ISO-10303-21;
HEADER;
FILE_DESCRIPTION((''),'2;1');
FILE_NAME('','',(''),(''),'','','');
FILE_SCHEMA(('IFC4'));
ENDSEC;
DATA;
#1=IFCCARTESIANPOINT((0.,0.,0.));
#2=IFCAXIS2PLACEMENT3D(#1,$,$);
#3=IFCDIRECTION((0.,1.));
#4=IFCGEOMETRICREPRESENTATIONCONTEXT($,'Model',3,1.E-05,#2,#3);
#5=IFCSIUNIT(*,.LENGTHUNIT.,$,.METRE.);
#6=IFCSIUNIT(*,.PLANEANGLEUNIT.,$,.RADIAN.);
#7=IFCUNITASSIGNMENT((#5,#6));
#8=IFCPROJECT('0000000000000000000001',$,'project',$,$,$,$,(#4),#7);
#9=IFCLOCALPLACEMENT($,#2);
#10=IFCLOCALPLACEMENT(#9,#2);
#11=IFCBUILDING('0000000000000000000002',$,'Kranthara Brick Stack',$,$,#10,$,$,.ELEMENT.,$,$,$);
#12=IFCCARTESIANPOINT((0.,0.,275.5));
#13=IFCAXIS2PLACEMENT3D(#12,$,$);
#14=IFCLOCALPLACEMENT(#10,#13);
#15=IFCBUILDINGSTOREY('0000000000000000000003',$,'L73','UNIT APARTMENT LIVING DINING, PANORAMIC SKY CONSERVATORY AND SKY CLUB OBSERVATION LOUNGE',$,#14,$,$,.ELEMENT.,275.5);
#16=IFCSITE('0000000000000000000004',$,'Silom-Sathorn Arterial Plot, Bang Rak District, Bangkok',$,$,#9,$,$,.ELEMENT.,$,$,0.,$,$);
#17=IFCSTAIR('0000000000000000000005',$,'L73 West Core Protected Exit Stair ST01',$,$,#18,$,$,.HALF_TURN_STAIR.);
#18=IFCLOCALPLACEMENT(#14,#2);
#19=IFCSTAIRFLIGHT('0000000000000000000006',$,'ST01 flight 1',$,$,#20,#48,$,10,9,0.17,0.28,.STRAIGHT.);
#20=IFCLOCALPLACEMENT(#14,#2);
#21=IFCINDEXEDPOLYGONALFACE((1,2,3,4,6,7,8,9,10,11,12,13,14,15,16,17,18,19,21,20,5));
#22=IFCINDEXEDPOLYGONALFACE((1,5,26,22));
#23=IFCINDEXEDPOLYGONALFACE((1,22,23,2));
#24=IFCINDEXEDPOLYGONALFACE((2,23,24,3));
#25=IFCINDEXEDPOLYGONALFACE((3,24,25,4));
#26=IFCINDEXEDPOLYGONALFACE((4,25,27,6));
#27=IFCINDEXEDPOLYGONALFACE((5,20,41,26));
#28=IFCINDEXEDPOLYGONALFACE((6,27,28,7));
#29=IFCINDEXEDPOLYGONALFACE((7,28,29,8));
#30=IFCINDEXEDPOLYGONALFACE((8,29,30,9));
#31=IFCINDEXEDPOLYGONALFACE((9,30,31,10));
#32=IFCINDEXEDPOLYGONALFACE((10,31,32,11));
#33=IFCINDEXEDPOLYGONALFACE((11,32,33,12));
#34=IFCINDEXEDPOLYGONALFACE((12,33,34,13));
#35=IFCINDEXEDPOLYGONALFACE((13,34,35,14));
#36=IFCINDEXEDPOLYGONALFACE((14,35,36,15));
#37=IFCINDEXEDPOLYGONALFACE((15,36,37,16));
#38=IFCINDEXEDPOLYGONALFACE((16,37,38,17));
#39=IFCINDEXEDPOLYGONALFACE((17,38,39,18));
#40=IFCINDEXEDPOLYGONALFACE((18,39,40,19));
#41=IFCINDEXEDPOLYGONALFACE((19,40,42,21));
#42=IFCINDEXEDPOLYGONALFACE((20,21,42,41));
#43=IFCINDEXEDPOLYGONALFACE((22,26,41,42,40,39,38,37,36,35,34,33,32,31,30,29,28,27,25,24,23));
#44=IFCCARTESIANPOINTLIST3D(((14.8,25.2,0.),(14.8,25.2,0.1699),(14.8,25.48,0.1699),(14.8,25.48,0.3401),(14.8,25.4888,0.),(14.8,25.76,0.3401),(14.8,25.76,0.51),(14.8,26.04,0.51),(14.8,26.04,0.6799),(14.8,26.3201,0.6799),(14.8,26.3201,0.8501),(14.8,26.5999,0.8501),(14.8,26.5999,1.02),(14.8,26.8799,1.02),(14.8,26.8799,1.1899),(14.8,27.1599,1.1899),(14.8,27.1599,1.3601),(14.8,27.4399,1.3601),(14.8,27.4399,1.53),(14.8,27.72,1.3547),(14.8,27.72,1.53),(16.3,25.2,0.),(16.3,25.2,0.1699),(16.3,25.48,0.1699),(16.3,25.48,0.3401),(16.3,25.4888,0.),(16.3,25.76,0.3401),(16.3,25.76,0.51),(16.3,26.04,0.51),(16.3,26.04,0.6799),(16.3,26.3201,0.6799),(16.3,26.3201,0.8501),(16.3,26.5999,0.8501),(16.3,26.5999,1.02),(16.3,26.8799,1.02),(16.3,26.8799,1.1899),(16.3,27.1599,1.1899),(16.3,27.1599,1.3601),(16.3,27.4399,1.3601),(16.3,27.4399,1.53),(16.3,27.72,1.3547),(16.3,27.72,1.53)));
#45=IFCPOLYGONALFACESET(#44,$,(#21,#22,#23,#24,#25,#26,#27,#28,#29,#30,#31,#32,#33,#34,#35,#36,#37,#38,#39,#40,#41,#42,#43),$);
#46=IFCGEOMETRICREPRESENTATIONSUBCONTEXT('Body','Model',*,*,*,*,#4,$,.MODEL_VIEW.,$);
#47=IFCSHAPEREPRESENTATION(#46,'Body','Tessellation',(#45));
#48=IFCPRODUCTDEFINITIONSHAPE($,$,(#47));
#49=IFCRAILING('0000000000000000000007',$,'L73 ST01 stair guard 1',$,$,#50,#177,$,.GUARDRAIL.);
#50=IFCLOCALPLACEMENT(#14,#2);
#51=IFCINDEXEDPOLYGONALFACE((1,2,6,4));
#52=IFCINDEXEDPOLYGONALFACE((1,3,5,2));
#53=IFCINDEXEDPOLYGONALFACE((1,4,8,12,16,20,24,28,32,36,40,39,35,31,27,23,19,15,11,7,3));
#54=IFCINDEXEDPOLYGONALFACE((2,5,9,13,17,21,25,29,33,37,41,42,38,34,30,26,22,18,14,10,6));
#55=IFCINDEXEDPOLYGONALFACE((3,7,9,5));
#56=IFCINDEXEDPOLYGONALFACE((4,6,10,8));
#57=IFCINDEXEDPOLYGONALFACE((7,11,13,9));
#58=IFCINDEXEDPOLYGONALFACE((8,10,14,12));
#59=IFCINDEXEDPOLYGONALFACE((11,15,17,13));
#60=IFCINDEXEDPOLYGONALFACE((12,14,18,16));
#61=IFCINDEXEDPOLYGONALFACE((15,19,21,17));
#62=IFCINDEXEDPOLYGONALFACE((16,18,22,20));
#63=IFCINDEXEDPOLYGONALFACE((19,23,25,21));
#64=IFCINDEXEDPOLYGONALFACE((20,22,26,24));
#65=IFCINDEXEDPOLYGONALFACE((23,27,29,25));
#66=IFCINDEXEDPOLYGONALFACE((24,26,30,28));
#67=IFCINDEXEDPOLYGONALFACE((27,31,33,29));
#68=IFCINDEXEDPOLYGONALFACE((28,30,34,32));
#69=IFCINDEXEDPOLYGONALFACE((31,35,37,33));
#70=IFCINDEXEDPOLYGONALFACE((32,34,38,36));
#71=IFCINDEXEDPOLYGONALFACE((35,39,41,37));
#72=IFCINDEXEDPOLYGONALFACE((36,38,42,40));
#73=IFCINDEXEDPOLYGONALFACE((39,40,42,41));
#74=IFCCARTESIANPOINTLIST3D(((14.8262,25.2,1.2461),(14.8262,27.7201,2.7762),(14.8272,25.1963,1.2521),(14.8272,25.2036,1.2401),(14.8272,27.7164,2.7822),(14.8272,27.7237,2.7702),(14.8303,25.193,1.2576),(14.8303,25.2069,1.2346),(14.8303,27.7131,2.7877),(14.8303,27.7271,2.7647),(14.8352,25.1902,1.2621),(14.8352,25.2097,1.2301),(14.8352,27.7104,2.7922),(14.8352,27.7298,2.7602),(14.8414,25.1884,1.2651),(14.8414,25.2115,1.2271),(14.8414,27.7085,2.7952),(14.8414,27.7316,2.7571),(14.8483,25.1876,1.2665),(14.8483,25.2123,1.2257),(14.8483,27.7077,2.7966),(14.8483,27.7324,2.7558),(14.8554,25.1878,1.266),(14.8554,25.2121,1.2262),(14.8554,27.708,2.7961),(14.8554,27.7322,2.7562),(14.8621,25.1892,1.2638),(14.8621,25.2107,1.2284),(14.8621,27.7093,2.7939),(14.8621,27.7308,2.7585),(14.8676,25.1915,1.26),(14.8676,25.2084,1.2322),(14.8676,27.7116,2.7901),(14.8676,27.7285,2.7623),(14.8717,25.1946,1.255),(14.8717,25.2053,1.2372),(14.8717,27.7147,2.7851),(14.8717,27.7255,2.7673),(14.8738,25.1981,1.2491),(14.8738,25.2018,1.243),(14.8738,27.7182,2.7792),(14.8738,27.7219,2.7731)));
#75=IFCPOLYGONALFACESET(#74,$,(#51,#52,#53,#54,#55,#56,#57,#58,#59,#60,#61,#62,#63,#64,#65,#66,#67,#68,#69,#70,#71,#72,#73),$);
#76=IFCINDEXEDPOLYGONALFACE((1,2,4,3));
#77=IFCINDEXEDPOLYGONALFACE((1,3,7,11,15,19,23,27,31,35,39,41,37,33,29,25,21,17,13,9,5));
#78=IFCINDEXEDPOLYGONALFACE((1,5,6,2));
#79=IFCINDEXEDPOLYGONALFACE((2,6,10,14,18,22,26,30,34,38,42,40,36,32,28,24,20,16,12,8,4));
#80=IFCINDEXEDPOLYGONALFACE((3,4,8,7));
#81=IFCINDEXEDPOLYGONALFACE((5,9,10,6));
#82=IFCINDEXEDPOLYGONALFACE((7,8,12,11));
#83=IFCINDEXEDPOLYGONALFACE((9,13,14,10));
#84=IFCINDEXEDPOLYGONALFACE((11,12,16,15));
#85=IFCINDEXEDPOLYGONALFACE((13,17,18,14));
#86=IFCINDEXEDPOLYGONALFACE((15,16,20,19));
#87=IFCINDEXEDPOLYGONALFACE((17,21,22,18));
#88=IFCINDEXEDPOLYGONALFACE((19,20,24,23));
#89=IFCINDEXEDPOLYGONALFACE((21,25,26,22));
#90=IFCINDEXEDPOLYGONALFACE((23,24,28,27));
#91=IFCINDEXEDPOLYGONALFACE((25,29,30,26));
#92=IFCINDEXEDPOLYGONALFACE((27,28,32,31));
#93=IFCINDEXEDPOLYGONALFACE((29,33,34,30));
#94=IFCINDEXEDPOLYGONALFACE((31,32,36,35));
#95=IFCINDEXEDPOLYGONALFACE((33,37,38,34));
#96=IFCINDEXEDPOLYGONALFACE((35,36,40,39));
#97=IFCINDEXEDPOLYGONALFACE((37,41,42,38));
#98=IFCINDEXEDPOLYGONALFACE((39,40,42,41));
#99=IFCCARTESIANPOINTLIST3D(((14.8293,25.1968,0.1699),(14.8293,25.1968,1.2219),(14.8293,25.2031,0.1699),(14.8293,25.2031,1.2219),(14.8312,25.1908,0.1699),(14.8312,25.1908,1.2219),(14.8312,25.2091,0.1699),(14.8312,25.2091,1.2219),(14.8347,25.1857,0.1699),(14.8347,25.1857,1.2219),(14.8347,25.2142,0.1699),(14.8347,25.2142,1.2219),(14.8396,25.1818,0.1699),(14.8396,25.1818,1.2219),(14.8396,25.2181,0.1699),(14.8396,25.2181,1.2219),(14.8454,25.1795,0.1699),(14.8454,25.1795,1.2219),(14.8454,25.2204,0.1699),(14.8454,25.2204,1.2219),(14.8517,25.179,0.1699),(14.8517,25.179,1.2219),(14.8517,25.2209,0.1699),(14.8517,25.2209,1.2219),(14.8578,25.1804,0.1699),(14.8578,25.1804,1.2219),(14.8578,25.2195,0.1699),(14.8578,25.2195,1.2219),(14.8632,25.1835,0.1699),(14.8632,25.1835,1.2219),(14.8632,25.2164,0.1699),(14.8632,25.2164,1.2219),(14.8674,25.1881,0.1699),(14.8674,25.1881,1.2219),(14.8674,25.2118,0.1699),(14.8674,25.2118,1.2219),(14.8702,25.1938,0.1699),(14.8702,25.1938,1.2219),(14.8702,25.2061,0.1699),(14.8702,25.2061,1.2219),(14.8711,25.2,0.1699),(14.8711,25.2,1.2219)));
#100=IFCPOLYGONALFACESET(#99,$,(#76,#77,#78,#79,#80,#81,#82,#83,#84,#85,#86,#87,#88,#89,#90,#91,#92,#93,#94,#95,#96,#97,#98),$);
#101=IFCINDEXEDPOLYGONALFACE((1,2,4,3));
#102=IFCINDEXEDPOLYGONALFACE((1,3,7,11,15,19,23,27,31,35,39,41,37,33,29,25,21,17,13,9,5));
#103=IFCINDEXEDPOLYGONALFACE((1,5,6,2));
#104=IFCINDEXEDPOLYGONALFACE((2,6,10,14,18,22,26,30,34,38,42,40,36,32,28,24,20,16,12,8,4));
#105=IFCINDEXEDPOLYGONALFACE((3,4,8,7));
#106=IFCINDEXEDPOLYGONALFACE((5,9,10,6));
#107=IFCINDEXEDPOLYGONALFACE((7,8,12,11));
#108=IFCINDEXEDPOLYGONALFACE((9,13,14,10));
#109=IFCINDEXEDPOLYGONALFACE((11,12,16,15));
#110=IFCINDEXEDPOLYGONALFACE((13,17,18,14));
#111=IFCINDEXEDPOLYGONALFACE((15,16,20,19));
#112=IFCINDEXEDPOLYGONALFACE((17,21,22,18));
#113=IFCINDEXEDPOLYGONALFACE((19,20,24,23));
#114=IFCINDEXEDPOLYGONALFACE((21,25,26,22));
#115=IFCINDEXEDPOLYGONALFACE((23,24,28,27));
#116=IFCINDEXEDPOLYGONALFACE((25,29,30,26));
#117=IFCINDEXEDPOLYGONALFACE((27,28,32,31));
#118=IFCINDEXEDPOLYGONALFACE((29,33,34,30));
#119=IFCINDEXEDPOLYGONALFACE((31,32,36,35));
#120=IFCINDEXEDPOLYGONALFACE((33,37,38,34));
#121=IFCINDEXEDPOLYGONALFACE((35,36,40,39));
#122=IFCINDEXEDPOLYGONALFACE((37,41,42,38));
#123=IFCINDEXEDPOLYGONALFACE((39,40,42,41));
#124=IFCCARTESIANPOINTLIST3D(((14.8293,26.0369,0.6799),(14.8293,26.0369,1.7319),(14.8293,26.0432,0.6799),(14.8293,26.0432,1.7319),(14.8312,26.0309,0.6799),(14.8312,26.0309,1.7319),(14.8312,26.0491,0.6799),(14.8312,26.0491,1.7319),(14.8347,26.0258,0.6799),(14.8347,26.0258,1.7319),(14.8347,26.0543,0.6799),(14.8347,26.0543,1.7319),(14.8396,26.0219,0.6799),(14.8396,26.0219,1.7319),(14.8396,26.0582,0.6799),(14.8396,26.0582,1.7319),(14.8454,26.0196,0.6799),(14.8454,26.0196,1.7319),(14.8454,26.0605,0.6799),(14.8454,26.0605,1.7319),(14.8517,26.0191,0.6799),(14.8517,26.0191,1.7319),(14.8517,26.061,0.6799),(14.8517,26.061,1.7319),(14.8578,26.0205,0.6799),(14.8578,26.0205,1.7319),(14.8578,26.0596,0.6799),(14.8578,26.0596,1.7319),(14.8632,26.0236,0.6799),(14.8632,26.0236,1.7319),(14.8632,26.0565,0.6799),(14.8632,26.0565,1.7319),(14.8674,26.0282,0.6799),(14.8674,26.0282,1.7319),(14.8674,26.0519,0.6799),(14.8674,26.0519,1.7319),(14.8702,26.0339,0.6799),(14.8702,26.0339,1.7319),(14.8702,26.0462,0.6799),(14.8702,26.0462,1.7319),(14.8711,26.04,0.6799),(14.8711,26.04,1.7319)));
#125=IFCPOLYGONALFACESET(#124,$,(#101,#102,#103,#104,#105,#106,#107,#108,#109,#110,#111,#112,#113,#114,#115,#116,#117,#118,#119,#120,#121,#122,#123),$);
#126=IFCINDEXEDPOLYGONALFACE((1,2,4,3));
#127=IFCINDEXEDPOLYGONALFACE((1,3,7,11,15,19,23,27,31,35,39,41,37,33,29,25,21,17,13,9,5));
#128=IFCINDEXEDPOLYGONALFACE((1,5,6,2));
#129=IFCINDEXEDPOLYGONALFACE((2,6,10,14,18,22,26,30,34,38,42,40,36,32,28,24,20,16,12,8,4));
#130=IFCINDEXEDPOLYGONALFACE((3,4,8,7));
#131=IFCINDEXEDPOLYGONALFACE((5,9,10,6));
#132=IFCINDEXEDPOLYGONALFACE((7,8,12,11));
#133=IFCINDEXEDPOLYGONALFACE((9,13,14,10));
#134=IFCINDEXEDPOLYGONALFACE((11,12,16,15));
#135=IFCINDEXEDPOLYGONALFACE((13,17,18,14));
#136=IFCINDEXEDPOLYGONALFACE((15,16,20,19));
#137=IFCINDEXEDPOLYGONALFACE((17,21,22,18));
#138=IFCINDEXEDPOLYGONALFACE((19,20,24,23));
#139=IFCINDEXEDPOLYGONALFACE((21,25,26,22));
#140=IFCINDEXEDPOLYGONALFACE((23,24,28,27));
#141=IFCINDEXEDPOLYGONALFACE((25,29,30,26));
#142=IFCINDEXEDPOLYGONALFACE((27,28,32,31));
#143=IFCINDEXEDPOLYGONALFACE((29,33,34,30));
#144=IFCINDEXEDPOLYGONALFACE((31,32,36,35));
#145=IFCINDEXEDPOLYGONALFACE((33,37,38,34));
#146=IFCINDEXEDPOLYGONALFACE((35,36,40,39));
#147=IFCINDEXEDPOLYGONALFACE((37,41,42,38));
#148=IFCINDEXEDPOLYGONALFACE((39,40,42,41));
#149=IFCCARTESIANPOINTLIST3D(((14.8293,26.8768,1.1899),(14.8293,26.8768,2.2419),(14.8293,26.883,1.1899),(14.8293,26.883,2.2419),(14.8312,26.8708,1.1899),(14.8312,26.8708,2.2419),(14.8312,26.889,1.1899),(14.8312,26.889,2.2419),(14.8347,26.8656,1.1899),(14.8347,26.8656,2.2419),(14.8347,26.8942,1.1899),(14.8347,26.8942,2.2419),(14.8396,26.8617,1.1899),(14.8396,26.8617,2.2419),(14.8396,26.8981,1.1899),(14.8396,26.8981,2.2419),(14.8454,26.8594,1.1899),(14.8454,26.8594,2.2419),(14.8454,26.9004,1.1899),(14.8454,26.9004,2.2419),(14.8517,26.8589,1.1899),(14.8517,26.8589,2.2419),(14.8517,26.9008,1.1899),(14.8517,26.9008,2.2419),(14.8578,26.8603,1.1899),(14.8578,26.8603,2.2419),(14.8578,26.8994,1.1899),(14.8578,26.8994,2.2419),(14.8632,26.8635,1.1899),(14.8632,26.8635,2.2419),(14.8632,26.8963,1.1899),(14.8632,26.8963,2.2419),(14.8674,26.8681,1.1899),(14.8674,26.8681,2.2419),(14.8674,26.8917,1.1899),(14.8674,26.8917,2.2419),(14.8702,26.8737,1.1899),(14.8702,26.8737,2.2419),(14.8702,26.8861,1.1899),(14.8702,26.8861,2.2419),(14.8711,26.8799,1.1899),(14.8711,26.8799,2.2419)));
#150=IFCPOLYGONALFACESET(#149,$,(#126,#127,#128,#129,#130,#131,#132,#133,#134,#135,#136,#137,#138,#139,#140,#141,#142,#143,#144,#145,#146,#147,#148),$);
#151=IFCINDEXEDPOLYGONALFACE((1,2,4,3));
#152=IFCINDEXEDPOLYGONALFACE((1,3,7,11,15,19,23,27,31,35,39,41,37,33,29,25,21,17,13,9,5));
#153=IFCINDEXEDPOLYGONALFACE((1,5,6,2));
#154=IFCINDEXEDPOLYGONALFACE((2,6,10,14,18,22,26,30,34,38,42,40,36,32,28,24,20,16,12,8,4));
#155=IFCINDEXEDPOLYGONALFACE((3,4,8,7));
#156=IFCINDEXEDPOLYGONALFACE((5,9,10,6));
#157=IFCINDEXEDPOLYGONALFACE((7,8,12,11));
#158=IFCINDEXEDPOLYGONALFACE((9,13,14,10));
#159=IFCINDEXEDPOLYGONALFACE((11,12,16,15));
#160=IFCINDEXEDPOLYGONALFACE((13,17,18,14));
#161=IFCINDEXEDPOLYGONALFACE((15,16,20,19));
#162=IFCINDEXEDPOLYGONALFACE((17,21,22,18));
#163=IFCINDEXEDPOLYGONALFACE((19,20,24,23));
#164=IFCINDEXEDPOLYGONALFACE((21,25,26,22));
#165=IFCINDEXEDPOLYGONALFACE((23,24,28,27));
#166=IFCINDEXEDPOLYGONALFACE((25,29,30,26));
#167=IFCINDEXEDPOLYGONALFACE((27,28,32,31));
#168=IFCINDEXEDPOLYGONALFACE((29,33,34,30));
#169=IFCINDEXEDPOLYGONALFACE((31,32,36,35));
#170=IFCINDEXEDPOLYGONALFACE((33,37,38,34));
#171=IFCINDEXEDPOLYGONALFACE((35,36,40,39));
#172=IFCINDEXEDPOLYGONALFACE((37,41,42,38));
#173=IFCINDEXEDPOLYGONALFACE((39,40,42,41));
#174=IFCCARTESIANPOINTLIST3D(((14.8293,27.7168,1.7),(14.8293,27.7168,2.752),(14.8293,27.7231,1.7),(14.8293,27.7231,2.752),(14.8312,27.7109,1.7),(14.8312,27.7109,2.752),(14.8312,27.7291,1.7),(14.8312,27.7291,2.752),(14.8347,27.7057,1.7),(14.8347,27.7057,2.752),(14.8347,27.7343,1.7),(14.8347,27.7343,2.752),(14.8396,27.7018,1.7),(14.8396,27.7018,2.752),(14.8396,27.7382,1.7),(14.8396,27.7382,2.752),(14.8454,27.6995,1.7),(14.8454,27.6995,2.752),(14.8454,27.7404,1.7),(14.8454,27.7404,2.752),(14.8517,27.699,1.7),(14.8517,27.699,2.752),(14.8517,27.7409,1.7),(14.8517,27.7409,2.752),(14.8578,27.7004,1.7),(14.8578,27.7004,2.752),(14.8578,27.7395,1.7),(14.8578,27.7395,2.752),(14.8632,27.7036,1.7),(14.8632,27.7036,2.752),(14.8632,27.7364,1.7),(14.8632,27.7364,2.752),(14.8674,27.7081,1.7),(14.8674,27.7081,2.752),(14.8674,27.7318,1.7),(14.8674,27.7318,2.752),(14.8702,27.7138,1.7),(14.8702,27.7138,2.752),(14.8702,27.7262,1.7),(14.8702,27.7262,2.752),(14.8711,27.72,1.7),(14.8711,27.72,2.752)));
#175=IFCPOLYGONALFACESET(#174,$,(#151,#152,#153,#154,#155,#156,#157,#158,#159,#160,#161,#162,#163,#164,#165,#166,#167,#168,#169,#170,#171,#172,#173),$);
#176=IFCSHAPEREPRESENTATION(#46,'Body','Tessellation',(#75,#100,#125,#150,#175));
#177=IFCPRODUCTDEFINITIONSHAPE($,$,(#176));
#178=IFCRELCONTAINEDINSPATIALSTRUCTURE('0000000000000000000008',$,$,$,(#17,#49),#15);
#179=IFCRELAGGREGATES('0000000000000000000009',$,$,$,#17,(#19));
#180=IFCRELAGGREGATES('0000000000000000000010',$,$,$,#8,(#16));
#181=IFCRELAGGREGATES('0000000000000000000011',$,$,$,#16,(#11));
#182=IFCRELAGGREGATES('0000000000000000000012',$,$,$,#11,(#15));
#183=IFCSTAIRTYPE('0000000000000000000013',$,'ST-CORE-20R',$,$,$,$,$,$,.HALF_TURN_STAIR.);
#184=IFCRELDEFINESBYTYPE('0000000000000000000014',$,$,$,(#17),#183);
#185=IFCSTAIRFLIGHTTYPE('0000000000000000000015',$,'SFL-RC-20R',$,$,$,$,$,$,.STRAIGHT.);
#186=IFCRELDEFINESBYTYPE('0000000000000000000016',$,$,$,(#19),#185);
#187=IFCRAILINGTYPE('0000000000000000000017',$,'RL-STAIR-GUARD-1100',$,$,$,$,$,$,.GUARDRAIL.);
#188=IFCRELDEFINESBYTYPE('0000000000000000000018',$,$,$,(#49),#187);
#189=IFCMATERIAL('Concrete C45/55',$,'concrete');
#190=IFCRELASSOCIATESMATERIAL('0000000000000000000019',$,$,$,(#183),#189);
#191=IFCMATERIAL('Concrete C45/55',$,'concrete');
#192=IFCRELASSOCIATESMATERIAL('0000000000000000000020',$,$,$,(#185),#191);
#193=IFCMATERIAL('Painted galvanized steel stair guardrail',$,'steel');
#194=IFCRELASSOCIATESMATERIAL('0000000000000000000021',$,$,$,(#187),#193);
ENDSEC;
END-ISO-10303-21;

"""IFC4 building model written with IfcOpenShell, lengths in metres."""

from ifc_helpers import new_model, si_unit, direction, frame, origin, origin_2d, place, context, subcontext, project, spatial, polyline, circle, outline, extrude, material, type_object, element, aggregate, save


model = new_model("IFC4")

# Units and contexts
model_context = context("Model", 3, precision=1e-05, world=origin(), true_north=direction((0.0, 1.0)))
body_context = subcontext(model_context, "Body", "Model", "MODEL_VIEW")
ifc_project = project(units=[si_unit("LENGTHUNIT", "METRE"), si_unit("PLANEANGLEUNIT", "RADIAN")], contexts=[model_context])

# Site, building, storey
site_placement = place(None, origin())
site = spatial("IfcSite", under=ifc_project, at=site_placement, Name="Silom-Sathorn Arterial Plot, Bang Rak District, Bangkok", CompositionType="ELEMENT", RefElevation=0.0)
building_placement = place(site_placement, origin())
building = spatial("IfcBuilding", under=site, at=building_placement, Name="Kranthara Brick Stack", CompositionType="ELEMENT")
storey_placement = place(building_placement, frame((0.0, 0.0, 275.5)))
storey = spatial("IfcBuildingStorey", under=building, at=storey_placement, Name="L73", Description="UNIT APARTMENT LIVING DINING, PANORAMIC SKY CONSERVATORY AND SKY CLUB OBSERVATION LOUNGE", CompositionType="ELEMENT", Elevation=275.5)

# Stair, stair flight
ifc_material_1 = material(Name="Concrete C45/55", Category="concrete")
stair_type = type_object("IfcStairType", Name="ST-CORE-20R", PredefinedType="HALF_TURN_STAIR", material=ifc_material_1)
stair_placement = place(storey_placement, origin())
stair = element("IfcStair", 1, at=stair_placement, inside=storey, type_object=stair_type, Name="L73 West Core Protected Exit Stair ST01", PredefinedType="HALF_TURN_STAIR")
ifc_material_2 = material(Name="Concrete C45/55", Category="concrete")
stair_flight_type = type_object("IfcStairFlightType", Name="SFL-RC-20R", PredefinedType="STRAIGHT", material=ifc_material_2)
stair_flight_placement = place(storey_placement, frame((15.55, 25.2, 0.0), z_axis=(0.0, 0.0, 1.0), x_axis=(0.0, 1.0, 0.0)))
stair_flight = element("IfcStairFlight", 2, at=stair_flight_placement, type_object=stair_flight_type, Name="ST01 flight 1", NumberOfRisers=10, NumberOfTreads=9, PredefinedType="STRAIGHT", RiserHeight=0.17, TreadLength=0.28, context=body_context, shape_type="SweptSolid", body=[
    extrude(outline(polyline([(0.0, 0.0), (0.0, 0.1699), (0.28, 0.1699), (0.28, 0.3401), (0.5601, 0.3401), (0.5601, 0.51), (0.8401, 0.51), (0.8401, 0.6799), (1.1201, 0.6799), (1.1201, 0.8501), (1.3999, 0.8501), (1.3999, 1.02), (1.6799, 1.02), (1.6799, 1.1899), (1.96, 1.1899), (1.96, 1.3601), (2.24, 1.3601), (2.24, 1.53), (2.52, 1.53), (2.52, 1.7), (2.52, 1.3547), (0.2888, 0.0), (0.0, 0.0)])), frame((0.0, 0.75, 0.0), z_axis=(0.0, -1.0, 0.0), x_axis=(1.0, 0.0, 0.0)), (0.0, 0.0, 1.0), 1.5),
])
aggregate(stair, [stair_flight])

# Railing
ifc_material_3 = material(Name="Painted galvanized steel stair guardrail", Category="steel")
railing_type_1 = type_object("IfcRailingType", Name="RL-STAIR-GUARD-1100", PredefinedType="GUARDRAIL", material=ifc_material_3)
railing_1_placement = place(storey_placement, frame((14.8501, 25.2, 0.1699)))
element("IfcRailing", 3, at=railing_1_placement, inside=storey, type_object=railing_type_1, Name="L73 ST01 stair guard 1", PredefinedType="GUARDRAIL", context=body_context, shape_type="SweptSolid", body=[
    extrude(circle(Radius=0.0239, at=origin_2d()), frame((0.0, 0.0, 1.0762), z_axis=(0.0, 0.854785, 0.518982), x_axis=(-1.0, 0.0, 0.0)), (0.0, 0.0, 1.0), 2.9482),
    extrude(circle(Radius=0.021, at=origin_2d()), origin(), (0.0, 0.0, 1.0), 1.052),
    extrude(circle(Radius=0.021, at=origin_2d()), frame((0.0, 0.8401, 0.51)), (0.0, 0.0, 1.0), 1.052),
    extrude(circle(Radius=0.021, at=origin_2d()), frame((0.0, 1.6799, 1.02)), (0.0, 0.0, 1.0), 1.052),
    extrude(circle(Radius=0.021, at=origin_2d()), frame((0.0, 2.52, 1.53)), (0.0, 0.0, 1.0), 1.052),
])

save(model, "model.ifc")
